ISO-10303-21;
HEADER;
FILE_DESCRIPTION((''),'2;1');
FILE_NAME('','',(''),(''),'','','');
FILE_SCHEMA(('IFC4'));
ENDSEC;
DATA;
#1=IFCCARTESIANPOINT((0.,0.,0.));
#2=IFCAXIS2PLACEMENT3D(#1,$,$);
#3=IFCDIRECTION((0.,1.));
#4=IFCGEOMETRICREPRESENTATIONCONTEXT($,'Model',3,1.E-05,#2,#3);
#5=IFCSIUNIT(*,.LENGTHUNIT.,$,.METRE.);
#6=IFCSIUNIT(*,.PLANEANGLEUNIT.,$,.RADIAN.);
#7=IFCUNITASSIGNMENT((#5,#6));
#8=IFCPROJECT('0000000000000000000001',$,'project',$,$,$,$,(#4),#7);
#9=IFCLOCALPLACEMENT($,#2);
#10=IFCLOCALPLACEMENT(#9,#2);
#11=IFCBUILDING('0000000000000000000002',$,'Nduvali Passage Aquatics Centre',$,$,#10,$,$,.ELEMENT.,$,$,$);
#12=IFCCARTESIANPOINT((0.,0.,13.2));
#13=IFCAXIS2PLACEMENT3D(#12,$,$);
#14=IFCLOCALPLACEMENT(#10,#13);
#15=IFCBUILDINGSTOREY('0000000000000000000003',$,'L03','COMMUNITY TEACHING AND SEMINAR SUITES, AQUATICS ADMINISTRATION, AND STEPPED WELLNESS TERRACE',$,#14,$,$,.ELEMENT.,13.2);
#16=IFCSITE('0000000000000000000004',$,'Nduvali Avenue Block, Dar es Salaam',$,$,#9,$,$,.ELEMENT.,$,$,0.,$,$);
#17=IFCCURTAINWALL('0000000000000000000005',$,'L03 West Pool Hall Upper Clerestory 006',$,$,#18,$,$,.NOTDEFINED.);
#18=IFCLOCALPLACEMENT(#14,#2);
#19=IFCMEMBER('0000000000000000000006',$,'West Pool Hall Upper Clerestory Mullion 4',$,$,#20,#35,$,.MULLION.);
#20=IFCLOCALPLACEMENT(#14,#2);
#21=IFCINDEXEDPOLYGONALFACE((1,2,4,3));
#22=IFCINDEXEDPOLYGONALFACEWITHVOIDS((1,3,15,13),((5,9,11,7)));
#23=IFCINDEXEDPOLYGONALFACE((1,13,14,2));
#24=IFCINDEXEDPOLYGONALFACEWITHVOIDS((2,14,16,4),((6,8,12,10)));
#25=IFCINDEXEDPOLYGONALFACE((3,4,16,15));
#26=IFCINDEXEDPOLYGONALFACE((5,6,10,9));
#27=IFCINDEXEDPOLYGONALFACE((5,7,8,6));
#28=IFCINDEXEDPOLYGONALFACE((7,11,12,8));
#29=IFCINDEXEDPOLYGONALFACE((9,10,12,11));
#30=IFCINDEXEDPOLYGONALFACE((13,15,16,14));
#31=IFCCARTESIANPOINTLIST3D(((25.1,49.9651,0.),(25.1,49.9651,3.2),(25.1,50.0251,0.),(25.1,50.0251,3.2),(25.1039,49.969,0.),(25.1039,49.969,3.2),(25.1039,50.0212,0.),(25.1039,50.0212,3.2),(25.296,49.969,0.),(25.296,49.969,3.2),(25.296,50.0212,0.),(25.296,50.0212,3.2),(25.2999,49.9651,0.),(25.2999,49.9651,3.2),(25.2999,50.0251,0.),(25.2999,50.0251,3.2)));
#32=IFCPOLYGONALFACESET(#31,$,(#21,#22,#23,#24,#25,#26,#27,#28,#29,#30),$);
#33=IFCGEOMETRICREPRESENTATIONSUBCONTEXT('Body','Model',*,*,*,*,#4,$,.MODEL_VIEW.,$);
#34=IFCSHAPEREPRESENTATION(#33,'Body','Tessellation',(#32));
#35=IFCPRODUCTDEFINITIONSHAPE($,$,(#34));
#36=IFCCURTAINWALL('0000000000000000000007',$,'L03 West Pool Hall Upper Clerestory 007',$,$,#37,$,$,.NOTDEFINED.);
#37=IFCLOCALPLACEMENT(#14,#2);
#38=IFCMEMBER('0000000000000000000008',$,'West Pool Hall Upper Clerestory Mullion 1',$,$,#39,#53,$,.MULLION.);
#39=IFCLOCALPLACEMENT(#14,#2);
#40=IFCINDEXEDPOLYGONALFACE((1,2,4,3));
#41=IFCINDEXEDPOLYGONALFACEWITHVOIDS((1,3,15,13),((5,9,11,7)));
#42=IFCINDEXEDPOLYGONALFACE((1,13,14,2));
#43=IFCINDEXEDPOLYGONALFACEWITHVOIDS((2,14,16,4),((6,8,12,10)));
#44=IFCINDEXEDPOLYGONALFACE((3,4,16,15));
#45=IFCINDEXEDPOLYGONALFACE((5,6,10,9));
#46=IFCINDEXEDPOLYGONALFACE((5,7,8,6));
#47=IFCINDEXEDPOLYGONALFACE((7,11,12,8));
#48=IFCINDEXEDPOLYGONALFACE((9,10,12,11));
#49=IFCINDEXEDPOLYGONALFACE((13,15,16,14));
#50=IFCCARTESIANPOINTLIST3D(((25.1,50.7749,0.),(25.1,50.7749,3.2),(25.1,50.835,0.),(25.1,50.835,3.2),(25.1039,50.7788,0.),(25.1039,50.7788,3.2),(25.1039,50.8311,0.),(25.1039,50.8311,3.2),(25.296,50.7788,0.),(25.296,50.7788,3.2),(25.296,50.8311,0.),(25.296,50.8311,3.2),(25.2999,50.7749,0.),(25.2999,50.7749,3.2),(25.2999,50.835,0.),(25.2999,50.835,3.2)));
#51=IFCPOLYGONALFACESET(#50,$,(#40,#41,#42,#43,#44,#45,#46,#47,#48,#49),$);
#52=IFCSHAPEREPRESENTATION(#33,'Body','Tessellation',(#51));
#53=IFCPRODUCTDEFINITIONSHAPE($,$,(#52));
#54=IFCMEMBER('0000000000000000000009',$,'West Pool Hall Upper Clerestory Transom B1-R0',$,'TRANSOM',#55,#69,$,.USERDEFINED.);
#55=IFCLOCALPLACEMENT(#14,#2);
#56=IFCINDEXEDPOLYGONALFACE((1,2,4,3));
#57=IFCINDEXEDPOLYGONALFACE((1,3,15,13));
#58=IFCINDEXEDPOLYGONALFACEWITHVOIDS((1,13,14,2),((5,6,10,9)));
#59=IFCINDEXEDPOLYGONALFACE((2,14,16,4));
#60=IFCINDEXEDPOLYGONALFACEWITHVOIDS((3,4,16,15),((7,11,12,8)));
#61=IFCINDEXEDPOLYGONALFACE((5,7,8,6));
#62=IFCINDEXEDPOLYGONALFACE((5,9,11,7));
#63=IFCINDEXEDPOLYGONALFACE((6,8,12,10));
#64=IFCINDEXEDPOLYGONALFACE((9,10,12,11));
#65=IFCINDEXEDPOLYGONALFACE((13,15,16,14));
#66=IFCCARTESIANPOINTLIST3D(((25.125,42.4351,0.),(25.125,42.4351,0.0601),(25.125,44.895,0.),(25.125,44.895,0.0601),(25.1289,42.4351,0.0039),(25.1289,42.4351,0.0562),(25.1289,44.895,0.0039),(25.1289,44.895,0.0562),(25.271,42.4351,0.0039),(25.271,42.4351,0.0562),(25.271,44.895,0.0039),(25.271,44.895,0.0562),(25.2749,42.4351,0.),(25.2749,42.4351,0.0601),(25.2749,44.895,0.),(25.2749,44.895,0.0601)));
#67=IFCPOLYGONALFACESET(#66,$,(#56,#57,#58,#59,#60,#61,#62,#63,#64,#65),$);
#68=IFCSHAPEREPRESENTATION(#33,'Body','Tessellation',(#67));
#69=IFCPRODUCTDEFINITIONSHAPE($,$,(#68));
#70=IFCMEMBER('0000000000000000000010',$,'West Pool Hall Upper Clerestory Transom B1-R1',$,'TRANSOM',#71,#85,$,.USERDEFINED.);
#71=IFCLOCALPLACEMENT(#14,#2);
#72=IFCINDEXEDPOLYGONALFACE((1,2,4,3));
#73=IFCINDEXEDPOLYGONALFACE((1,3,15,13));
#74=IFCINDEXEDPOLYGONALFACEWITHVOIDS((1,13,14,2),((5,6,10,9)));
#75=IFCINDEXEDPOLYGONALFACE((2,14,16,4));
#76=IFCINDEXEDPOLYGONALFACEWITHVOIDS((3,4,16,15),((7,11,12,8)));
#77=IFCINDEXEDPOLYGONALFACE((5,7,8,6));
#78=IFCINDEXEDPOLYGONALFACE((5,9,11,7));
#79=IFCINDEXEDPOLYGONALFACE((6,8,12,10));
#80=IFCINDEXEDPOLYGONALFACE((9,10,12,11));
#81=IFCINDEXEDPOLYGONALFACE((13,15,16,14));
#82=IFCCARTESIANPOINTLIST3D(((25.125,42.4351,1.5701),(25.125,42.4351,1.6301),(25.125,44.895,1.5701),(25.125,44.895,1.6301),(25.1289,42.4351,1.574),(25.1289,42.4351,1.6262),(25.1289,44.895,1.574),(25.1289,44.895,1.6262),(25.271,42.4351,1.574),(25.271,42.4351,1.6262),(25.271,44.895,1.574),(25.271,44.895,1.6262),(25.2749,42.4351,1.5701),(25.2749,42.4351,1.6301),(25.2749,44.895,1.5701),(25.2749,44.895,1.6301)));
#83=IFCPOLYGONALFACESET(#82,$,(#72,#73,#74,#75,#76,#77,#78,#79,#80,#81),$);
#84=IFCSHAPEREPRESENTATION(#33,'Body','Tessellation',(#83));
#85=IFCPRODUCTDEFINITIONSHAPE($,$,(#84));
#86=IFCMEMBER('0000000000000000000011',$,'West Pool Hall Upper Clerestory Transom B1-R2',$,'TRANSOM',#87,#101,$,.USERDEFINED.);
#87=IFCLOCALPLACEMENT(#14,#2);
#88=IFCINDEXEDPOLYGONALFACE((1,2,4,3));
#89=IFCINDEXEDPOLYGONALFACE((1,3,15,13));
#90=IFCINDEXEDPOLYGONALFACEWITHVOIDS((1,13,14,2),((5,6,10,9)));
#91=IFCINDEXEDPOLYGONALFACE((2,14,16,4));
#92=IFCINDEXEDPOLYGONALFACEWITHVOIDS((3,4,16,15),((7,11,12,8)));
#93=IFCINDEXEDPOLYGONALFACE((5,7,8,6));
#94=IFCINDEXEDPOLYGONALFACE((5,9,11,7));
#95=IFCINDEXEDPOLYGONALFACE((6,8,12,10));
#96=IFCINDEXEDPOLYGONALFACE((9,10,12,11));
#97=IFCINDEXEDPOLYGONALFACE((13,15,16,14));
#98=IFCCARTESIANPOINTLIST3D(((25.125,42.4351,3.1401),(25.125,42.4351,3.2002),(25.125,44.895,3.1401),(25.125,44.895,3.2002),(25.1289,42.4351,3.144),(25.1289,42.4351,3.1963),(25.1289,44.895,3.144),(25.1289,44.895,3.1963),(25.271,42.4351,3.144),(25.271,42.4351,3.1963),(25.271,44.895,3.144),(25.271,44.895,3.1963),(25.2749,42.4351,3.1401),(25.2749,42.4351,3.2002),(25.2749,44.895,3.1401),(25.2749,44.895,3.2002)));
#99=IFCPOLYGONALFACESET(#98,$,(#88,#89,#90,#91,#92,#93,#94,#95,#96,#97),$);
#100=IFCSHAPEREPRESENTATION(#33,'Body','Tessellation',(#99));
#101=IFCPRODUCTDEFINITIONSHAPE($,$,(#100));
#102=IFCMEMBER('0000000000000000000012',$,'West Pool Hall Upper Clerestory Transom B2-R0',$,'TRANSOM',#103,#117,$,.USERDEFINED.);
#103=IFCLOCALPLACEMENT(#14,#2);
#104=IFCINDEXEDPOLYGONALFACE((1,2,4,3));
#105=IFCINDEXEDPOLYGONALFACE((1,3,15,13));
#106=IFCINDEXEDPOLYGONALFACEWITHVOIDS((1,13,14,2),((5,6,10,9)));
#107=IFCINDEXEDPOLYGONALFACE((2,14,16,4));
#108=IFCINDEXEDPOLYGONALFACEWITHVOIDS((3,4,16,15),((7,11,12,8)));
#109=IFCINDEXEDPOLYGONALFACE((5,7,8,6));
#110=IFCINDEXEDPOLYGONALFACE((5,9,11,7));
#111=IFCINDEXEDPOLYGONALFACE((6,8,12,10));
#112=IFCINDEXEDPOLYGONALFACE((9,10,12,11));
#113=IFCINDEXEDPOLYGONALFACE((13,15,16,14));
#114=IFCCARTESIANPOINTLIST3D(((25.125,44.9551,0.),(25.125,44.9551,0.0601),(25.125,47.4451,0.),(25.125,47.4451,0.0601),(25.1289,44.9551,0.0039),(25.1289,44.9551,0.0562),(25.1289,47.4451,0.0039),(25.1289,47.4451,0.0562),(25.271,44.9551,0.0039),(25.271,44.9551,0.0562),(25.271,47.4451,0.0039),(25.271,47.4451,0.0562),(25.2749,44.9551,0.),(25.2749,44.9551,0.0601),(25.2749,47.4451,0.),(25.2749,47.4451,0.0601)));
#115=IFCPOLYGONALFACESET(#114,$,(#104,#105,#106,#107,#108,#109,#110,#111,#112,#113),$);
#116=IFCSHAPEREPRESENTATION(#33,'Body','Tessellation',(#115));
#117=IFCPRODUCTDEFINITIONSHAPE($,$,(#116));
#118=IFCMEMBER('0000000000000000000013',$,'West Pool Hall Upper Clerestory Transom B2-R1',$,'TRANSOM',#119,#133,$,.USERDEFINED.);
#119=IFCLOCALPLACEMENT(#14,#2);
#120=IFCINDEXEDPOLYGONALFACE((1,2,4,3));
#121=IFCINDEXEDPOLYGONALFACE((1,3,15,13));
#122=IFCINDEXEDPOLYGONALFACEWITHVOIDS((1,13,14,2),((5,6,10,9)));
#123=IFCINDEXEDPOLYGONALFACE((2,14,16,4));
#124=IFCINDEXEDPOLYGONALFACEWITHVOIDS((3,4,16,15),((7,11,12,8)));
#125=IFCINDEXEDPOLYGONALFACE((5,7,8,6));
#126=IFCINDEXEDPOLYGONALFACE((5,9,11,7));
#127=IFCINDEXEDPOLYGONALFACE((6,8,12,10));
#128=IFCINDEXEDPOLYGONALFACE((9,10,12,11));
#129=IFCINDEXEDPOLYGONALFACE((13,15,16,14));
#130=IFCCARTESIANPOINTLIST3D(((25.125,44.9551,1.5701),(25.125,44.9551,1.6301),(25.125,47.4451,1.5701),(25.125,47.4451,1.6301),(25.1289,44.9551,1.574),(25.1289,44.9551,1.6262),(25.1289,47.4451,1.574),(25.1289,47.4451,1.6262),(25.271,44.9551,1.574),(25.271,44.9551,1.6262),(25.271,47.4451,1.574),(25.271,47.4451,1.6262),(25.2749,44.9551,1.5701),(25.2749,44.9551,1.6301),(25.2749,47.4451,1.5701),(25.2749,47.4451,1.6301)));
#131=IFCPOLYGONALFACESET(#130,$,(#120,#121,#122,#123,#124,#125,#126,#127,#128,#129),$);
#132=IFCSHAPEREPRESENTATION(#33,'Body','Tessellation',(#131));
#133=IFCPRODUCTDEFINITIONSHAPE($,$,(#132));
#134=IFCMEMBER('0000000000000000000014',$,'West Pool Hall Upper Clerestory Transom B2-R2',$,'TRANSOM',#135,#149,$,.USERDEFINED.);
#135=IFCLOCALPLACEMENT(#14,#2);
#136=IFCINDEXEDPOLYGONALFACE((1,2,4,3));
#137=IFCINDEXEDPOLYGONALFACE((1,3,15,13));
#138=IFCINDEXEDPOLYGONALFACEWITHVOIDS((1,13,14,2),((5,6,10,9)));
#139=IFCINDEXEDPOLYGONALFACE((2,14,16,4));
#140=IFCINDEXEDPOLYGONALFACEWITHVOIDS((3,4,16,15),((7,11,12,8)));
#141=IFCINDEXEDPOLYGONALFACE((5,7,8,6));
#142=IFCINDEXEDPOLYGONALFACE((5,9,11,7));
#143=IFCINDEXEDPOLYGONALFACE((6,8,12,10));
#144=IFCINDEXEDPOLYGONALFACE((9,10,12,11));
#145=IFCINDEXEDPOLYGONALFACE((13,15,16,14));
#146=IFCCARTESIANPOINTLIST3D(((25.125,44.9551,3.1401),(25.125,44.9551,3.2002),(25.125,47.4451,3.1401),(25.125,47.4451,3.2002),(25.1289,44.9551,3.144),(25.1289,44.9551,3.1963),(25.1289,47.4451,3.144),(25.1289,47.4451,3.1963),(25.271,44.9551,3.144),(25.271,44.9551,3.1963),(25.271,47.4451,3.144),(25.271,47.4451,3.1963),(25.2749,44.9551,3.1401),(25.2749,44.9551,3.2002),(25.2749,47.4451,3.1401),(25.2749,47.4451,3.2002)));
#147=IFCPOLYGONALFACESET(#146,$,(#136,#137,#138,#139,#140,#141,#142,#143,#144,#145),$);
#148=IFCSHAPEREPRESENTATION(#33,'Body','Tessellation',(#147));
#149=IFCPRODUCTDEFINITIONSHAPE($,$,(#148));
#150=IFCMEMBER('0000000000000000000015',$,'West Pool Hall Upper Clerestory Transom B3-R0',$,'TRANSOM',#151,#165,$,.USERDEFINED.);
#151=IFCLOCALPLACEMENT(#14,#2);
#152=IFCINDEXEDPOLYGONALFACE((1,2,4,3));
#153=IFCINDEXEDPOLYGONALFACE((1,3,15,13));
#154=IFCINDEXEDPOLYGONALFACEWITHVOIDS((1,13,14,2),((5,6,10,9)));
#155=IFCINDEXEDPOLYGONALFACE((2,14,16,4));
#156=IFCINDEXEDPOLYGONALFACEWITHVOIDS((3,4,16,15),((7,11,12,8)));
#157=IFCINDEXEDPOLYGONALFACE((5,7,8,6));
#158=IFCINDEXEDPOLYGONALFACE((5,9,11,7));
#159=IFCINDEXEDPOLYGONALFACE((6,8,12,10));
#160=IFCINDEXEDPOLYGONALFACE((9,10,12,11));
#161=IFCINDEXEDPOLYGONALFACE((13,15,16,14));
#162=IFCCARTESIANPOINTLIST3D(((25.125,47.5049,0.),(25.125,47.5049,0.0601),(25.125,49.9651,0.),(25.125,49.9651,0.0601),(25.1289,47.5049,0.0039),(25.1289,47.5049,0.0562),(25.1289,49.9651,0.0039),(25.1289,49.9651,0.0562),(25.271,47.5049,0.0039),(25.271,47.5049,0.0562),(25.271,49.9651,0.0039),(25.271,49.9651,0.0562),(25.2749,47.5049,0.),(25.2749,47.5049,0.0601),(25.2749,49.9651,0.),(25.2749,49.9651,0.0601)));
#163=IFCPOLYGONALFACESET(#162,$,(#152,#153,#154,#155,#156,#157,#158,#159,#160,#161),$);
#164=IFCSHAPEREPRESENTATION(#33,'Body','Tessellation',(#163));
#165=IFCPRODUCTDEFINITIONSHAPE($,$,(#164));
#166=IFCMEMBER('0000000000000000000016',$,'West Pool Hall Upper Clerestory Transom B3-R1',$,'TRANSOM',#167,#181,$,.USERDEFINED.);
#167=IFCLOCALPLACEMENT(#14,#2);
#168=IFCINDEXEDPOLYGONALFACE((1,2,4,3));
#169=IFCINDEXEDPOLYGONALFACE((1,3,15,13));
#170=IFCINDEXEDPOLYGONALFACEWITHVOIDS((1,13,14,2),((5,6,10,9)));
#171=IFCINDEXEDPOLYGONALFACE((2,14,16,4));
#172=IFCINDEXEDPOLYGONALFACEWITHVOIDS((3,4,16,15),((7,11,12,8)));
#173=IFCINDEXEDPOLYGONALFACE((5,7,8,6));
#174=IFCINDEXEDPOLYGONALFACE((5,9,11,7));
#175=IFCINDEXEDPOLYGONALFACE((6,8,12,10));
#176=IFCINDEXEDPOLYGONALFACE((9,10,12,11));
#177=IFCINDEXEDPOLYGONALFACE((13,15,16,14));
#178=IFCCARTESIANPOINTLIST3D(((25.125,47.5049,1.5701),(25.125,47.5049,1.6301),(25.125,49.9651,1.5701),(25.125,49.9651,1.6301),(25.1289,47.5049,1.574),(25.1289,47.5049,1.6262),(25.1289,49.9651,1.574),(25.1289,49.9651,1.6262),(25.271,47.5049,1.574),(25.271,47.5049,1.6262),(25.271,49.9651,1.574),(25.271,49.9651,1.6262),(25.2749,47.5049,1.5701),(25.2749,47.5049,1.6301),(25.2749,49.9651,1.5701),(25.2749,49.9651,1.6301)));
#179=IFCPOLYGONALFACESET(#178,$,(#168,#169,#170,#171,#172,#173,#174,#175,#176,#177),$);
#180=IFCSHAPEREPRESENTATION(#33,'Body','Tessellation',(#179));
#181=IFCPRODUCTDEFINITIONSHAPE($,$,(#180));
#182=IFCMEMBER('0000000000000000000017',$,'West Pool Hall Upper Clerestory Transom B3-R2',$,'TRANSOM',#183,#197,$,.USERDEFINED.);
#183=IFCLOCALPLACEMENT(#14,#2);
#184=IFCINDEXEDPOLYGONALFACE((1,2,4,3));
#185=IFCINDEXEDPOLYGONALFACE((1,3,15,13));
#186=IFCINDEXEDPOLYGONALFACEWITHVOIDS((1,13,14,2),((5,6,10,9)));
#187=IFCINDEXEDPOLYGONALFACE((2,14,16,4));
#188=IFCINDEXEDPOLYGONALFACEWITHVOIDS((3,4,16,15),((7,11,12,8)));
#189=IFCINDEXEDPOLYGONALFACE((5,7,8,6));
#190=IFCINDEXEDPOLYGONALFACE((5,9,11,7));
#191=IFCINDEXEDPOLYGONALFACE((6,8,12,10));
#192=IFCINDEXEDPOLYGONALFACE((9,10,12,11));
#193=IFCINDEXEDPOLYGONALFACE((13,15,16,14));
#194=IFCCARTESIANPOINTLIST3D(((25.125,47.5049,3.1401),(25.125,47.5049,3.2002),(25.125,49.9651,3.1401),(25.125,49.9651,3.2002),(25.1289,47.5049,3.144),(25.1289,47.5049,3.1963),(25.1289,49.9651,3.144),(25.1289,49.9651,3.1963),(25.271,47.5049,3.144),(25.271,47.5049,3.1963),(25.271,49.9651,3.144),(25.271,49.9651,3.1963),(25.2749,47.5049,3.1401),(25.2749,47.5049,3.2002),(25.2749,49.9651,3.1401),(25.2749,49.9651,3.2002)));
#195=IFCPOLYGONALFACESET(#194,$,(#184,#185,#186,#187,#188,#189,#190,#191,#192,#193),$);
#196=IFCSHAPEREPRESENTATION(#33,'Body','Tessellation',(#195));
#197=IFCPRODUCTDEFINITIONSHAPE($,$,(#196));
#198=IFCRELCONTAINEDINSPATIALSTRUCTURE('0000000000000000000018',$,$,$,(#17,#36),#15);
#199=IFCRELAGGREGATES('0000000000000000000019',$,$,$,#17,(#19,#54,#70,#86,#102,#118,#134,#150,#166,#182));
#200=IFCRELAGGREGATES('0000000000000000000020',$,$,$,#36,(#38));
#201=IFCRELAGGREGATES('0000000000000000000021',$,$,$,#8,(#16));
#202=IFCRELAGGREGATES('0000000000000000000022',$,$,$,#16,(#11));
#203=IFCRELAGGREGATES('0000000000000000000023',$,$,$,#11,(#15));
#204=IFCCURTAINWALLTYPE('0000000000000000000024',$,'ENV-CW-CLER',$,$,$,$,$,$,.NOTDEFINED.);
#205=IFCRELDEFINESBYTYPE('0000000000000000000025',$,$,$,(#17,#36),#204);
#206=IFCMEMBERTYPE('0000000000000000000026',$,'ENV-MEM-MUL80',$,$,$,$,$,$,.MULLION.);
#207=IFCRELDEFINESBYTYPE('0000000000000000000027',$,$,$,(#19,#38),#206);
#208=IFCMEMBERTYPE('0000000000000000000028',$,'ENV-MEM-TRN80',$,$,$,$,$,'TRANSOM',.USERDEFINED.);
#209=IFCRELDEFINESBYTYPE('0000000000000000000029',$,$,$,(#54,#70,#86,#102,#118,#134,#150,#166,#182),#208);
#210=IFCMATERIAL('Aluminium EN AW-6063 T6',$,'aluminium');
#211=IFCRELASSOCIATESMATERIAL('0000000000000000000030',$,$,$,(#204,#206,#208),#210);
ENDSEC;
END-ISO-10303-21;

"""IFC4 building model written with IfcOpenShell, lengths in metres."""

from ifc_helpers import new_model, si_unit, direction, frame, origin, origin_2d, place, context, subcontext, project, spatial, hollow_rectangle, extrude, material, material_profile, profile_set, type_object, element, aggregate, save


model = new_model("IFC4")

# Units and contexts
model_context = context("Model", 3, precision=1e-05, world=origin(), true_north=direction((0.0, 1.0)))
body_context = subcontext(model_context, "Body", "Model", "MODEL_VIEW")
ifc_project = project(units=[si_unit("LENGTHUNIT", "METRE"), si_unit("PLANEANGLEUNIT", "RADIAN")], contexts=[model_context])

# Site, building, storey
site_placement = place(None, origin())
site = spatial("IfcSite", under=ifc_project, at=site_placement, Name="Nduvali Avenue Block, Dar es Salaam", CompositionType="ELEMENT", RefElevation=0.0)
building_placement = place(site_placement, origin())
building = spatial("IfcBuilding", under=site, at=building_placement, Name="Nduvali Passage Aquatics Centre", CompositionType="ELEMENT")
storey_placement = place(building_placement, frame((0.0, 0.0, 13.2)))
storey = spatial("IfcBuildingStorey", under=building, at=storey_placement, Name="L03", Description="COMMUNITY TEACHING AND SEMINAR SUITES, AQUATICS ADMINISTRATION, AND STEPPED WELLNESS TERRACE", CompositionType="ELEMENT", Elevation=13.2)

# Shared definitions
ifc_material_1 = material(Name="Aluminium EN AW-6063 T6", Category="aluminium")
curtain_wall_type = type_object("IfcCurtainWallType", Name="ENV-CW-CLER", PredefinedType="NOTDEFINED", material=ifc_material_1)
ifc_material_profile_1 = material_profile(ifc_material_1, hollow_rectangle(XDim=0.0601, YDim=0.2, WallThickness=0.0039, at=origin_2d()), Name="ALU MULLION 60x200x4")
ifc_profile_set_1 = profile_set([ifc_material_profile_1], Name="Aluminium EN AW-6063 T6")
member_type_1 = type_object("IfcMemberType", Name="ENV-MEM-MUL80", PredefinedType="MULLION", material=ifc_profile_set_1)

# Curtain wall, member
curtain_wall_1_placement = place(storey_placement, origin())
curtain_wall_1 = element("IfcCurtainWall", 1, at=curtain_wall_1_placement, inside=storey, type_object=curtain_wall_type, Name="L03 West Pool Hall Upper Clerestory 006", PredefinedType="NOTDEFINED")
member_1_placement = place(storey_placement, frame((25.2, 49.9951, 0.0), z_axis=(0.0, 0.0, 1.0), x_axis=(0.0, 1.0, 0.0)))
member_1 = element("IfcMember", 2, at=member_1_placement, type_object=member_type_1, Name="West Pool Hall Upper Clerestory Mullion 4", PredefinedType="MULLION", context=body_context, shape_type="SweptSolid", body=[
    extrude(hollow_rectangle(XDim=0.0601, YDim=0.2, WallThickness=0.0039, at=origin_2d()), origin(), (0.0, 0.0, 1.0), 3.2),
])

# Curtain wall, member
curtain_wall_2_placement = place(storey_placement, origin())
curtain_wall_2 = element("IfcCurtainWall", 3, at=curtain_wall_2_placement, inside=storey, type_object=curtain_wall_type, Name="L03 West Pool Hall Upper Clerestory 007", PredefinedType="NOTDEFINED")
member_2_placement = place(storey_placement, frame((25.2, 50.8049, 0.0), z_axis=(0.0, 0.0, 1.0), x_axis=(0.0, 1.0, 0.0)))
member_2 = element("IfcMember", 4, at=member_2_placement, type_object=member_type_1, Name="West Pool Hall Upper Clerestory Mullion 1", PredefinedType="MULLION", context=body_context, shape_type="SweptSolid", body=[
    extrude(hollow_rectangle(XDim=0.0601, YDim=0.2, WallThickness=0.0039, at=origin_2d()), origin(), (0.0, 0.0, 1.0), 3.2),
])

# Members
ifc_material_profile_2 = material_profile(ifc_material_1, hollow_rectangle(XDim=0.1499, YDim=0.0601, WallThickness=0.0039, at=origin_2d()), Name="ALU TRANSOM 150x60x4")
ifc_profile_set_2 = profile_set([ifc_material_profile_2], Name="Aluminium EN AW-6063 T6")
member_type_2 = type_object("IfcMemberType", Name="ENV-MEM-TRN80", ElementType="TRANSOM", PredefinedType="USERDEFINED", material=ifc_profile_set_2)
member_3_placement = place(storey_placement, frame((25.2, 42.4351, 0.03), z_axis=(0.0, 1.0, 0.0), x_axis=(-1.0, 0.0, 0.0)))
member_3 = element("IfcMember", 5, at=member_3_placement, type_object=member_type_2, Name="West Pool Hall Upper Clerestory Transom B1-R0", ObjectType="TRANSOM", PredefinedType="USERDEFINED", context=body_context, shape_type="SweptSolid", body=[
    extrude(hollow_rectangle(XDim=0.1499, YDim=0.0601, WallThickness=0.0039, at=origin_2d()), origin(), (0.0, 0.0, 1.0), 2.46),
])
member_4_placement = place(storey_placement, frame((25.2, 42.4351, 1.6001), z_axis=(0.0, 1.0, 0.0), x_axis=(-1.0, 0.0, 0.0)))
member_4 = element("IfcMember", 6, at=member_4_placement, type_object=member_type_2, Name="West Pool Hall Upper Clerestory Transom B1-R1", ObjectType="TRANSOM", PredefinedType="USERDEFINED", context=body_context, shape_type="SweptSolid", body=[
    extrude(hollow_rectangle(XDim=0.1499, YDim=0.0601, WallThickness=0.0039, at=origin_2d()), origin(), (0.0, 0.0, 1.0), 2.46),
])
member_5_placement = place(storey_placement, frame((25.2, 42.4351, 3.1702), z_axis=(0.0, 1.0, 0.0), x_axis=(-1.0, 0.0, 0.0)))
member_5 = element("IfcMember", 7, at=member_5_placement, type_object=member_type_2, Name="West Pool Hall Upper Clerestory Transom B1-R2", ObjectType="TRANSOM", PredefinedType="USERDEFINED", context=body_context, shape_type="SweptSolid", body=[
    extrude(hollow_rectangle(XDim=0.1499, YDim=0.0601, WallThickness=0.0039, at=origin_2d()), origin(), (0.0, 0.0, 1.0), 2.46),
])
member_6_placement = place(storey_placement, frame((25.2, 44.9551, 0.03), z_axis=(0.0, 1.0, 0.0), x_axis=(-1.0, 0.0, 0.0)))
member_6 = element("IfcMember", 8, at=member_6_placement, type_object=member_type_2, Name="West Pool Hall Upper Clerestory Transom B2-R0", ObjectType="TRANSOM", PredefinedType="USERDEFINED", context=body_context, shape_type="SweptSolid", body=[
    extrude(hollow_rectangle(XDim=0.1499, YDim=0.0601, WallThickness=0.0039, at=origin_2d()), origin(), (0.0, 0.0, 1.0), 2.49),
])
member_7_placement = place(storey_placement, frame((25.2, 44.9551, 1.6001), z_axis=(0.0, 1.0, 0.0), x_axis=(-1.0, 0.0, 0.0)))
member_7 = element("IfcMember", 9, at=member_7_placement, type_object=member_type_2, Name="West Pool Hall Upper Clerestory Transom B2-R1", ObjectType="TRANSOM", PredefinedType="USERDEFINED", context=body_context, shape_type="SweptSolid", body=[
    extrude(hollow_rectangle(XDim=0.1499, YDim=0.0601, WallThickness=0.0039, at=origin_2d()), origin(), (0.0, 0.0, 1.0), 2.49),
])
member_8_placement = place(storey_placement, frame((25.2, 44.9551, 3.1702), z_axis=(0.0, 1.0, 0.0), x_axis=(-1.0, 0.0, 0.0)))
member_8 = element("IfcMember", 10, at=member_8_placement, type_object=member_type_2, Name="West Pool Hall Upper Clerestory Transom B2-R2", ObjectType="TRANSOM", PredefinedType="USERDEFINED", context=body_context, shape_type="SweptSolid", body=[
    extrude(hollow_rectangle(XDim=0.1499, YDim=0.0601, WallThickness=0.0039, at=origin_2d()), origin(), (0.0, 0.0, 1.0), 2.49),
])
member_9_placement = place(storey_placement, frame((25.2, 47.5049, 0.03), z_axis=(0.0, 1.0, 0.0), x_axis=(-1.0, 0.0, 0.0)))
member_9 = element("IfcMember", 11, at=member_9_placement, type_object=member_type_2, Name="West Pool Hall Upper Clerestory Transom B3-R0", ObjectType="TRANSOM", PredefinedType="USERDEFINED", context=body_context, shape_type="SweptSolid", body=[
    extrude(hollow_rectangle(XDim=0.1499, YDim=0.0601, WallThickness=0.0039, at=origin_2d()), origin(), (0.0, 0.0, 1.0), 2.4602),
])
member_10_placement = place(storey_placement, frame((25.2, 47.5049, 1.6001), z_axis=(0.0, 1.0, 0.0), x_axis=(-1.0, 0.0, 0.0)))
member_10 = element("IfcMember", 12, at=member_10_placement, type_object=member_type_2, Name="West Pool Hall Upper Clerestory Transom B3-R1", ObjectType="TRANSOM", PredefinedType="USERDEFINED", context=body_context, shape_type="SweptSolid", body=[
    extrude(hollow_rectangle(XDim=0.1499, YDim=0.0601, WallThickness=0.0039, at=origin_2d()), origin(), (0.0, 0.0, 1.0), 2.4602),
])
member_11_placement = place(storey_placement, frame((25.2, 47.5049, 3.1702), z_axis=(0.0, 1.0, 0.0), x_axis=(-1.0, 0.0, 0.0)))
member_11 = element("IfcMember", 13, at=member_11_placement, type_object=member_type_2, Name="West Pool Hall Upper Clerestory Transom B3-R2", ObjectType="TRANSOM", PredefinedType="USERDEFINED", context=body_context, shape_type="SweptSolid", body=[
    extrude(hollow_rectangle(XDim=0.1499, YDim=0.0601, WallThickness=0.0039, at=origin_2d()), origin(), (0.0, 0.0, 1.0), 2.4602),
])

aggregate(curtain_wall_1, [member_1, member_3, member_4, member_5, member_6, member_7, member_8, member_9, member_10, member_11])
aggregate(curtain_wall_2, [member_2])

save(model, "model.ifc")
